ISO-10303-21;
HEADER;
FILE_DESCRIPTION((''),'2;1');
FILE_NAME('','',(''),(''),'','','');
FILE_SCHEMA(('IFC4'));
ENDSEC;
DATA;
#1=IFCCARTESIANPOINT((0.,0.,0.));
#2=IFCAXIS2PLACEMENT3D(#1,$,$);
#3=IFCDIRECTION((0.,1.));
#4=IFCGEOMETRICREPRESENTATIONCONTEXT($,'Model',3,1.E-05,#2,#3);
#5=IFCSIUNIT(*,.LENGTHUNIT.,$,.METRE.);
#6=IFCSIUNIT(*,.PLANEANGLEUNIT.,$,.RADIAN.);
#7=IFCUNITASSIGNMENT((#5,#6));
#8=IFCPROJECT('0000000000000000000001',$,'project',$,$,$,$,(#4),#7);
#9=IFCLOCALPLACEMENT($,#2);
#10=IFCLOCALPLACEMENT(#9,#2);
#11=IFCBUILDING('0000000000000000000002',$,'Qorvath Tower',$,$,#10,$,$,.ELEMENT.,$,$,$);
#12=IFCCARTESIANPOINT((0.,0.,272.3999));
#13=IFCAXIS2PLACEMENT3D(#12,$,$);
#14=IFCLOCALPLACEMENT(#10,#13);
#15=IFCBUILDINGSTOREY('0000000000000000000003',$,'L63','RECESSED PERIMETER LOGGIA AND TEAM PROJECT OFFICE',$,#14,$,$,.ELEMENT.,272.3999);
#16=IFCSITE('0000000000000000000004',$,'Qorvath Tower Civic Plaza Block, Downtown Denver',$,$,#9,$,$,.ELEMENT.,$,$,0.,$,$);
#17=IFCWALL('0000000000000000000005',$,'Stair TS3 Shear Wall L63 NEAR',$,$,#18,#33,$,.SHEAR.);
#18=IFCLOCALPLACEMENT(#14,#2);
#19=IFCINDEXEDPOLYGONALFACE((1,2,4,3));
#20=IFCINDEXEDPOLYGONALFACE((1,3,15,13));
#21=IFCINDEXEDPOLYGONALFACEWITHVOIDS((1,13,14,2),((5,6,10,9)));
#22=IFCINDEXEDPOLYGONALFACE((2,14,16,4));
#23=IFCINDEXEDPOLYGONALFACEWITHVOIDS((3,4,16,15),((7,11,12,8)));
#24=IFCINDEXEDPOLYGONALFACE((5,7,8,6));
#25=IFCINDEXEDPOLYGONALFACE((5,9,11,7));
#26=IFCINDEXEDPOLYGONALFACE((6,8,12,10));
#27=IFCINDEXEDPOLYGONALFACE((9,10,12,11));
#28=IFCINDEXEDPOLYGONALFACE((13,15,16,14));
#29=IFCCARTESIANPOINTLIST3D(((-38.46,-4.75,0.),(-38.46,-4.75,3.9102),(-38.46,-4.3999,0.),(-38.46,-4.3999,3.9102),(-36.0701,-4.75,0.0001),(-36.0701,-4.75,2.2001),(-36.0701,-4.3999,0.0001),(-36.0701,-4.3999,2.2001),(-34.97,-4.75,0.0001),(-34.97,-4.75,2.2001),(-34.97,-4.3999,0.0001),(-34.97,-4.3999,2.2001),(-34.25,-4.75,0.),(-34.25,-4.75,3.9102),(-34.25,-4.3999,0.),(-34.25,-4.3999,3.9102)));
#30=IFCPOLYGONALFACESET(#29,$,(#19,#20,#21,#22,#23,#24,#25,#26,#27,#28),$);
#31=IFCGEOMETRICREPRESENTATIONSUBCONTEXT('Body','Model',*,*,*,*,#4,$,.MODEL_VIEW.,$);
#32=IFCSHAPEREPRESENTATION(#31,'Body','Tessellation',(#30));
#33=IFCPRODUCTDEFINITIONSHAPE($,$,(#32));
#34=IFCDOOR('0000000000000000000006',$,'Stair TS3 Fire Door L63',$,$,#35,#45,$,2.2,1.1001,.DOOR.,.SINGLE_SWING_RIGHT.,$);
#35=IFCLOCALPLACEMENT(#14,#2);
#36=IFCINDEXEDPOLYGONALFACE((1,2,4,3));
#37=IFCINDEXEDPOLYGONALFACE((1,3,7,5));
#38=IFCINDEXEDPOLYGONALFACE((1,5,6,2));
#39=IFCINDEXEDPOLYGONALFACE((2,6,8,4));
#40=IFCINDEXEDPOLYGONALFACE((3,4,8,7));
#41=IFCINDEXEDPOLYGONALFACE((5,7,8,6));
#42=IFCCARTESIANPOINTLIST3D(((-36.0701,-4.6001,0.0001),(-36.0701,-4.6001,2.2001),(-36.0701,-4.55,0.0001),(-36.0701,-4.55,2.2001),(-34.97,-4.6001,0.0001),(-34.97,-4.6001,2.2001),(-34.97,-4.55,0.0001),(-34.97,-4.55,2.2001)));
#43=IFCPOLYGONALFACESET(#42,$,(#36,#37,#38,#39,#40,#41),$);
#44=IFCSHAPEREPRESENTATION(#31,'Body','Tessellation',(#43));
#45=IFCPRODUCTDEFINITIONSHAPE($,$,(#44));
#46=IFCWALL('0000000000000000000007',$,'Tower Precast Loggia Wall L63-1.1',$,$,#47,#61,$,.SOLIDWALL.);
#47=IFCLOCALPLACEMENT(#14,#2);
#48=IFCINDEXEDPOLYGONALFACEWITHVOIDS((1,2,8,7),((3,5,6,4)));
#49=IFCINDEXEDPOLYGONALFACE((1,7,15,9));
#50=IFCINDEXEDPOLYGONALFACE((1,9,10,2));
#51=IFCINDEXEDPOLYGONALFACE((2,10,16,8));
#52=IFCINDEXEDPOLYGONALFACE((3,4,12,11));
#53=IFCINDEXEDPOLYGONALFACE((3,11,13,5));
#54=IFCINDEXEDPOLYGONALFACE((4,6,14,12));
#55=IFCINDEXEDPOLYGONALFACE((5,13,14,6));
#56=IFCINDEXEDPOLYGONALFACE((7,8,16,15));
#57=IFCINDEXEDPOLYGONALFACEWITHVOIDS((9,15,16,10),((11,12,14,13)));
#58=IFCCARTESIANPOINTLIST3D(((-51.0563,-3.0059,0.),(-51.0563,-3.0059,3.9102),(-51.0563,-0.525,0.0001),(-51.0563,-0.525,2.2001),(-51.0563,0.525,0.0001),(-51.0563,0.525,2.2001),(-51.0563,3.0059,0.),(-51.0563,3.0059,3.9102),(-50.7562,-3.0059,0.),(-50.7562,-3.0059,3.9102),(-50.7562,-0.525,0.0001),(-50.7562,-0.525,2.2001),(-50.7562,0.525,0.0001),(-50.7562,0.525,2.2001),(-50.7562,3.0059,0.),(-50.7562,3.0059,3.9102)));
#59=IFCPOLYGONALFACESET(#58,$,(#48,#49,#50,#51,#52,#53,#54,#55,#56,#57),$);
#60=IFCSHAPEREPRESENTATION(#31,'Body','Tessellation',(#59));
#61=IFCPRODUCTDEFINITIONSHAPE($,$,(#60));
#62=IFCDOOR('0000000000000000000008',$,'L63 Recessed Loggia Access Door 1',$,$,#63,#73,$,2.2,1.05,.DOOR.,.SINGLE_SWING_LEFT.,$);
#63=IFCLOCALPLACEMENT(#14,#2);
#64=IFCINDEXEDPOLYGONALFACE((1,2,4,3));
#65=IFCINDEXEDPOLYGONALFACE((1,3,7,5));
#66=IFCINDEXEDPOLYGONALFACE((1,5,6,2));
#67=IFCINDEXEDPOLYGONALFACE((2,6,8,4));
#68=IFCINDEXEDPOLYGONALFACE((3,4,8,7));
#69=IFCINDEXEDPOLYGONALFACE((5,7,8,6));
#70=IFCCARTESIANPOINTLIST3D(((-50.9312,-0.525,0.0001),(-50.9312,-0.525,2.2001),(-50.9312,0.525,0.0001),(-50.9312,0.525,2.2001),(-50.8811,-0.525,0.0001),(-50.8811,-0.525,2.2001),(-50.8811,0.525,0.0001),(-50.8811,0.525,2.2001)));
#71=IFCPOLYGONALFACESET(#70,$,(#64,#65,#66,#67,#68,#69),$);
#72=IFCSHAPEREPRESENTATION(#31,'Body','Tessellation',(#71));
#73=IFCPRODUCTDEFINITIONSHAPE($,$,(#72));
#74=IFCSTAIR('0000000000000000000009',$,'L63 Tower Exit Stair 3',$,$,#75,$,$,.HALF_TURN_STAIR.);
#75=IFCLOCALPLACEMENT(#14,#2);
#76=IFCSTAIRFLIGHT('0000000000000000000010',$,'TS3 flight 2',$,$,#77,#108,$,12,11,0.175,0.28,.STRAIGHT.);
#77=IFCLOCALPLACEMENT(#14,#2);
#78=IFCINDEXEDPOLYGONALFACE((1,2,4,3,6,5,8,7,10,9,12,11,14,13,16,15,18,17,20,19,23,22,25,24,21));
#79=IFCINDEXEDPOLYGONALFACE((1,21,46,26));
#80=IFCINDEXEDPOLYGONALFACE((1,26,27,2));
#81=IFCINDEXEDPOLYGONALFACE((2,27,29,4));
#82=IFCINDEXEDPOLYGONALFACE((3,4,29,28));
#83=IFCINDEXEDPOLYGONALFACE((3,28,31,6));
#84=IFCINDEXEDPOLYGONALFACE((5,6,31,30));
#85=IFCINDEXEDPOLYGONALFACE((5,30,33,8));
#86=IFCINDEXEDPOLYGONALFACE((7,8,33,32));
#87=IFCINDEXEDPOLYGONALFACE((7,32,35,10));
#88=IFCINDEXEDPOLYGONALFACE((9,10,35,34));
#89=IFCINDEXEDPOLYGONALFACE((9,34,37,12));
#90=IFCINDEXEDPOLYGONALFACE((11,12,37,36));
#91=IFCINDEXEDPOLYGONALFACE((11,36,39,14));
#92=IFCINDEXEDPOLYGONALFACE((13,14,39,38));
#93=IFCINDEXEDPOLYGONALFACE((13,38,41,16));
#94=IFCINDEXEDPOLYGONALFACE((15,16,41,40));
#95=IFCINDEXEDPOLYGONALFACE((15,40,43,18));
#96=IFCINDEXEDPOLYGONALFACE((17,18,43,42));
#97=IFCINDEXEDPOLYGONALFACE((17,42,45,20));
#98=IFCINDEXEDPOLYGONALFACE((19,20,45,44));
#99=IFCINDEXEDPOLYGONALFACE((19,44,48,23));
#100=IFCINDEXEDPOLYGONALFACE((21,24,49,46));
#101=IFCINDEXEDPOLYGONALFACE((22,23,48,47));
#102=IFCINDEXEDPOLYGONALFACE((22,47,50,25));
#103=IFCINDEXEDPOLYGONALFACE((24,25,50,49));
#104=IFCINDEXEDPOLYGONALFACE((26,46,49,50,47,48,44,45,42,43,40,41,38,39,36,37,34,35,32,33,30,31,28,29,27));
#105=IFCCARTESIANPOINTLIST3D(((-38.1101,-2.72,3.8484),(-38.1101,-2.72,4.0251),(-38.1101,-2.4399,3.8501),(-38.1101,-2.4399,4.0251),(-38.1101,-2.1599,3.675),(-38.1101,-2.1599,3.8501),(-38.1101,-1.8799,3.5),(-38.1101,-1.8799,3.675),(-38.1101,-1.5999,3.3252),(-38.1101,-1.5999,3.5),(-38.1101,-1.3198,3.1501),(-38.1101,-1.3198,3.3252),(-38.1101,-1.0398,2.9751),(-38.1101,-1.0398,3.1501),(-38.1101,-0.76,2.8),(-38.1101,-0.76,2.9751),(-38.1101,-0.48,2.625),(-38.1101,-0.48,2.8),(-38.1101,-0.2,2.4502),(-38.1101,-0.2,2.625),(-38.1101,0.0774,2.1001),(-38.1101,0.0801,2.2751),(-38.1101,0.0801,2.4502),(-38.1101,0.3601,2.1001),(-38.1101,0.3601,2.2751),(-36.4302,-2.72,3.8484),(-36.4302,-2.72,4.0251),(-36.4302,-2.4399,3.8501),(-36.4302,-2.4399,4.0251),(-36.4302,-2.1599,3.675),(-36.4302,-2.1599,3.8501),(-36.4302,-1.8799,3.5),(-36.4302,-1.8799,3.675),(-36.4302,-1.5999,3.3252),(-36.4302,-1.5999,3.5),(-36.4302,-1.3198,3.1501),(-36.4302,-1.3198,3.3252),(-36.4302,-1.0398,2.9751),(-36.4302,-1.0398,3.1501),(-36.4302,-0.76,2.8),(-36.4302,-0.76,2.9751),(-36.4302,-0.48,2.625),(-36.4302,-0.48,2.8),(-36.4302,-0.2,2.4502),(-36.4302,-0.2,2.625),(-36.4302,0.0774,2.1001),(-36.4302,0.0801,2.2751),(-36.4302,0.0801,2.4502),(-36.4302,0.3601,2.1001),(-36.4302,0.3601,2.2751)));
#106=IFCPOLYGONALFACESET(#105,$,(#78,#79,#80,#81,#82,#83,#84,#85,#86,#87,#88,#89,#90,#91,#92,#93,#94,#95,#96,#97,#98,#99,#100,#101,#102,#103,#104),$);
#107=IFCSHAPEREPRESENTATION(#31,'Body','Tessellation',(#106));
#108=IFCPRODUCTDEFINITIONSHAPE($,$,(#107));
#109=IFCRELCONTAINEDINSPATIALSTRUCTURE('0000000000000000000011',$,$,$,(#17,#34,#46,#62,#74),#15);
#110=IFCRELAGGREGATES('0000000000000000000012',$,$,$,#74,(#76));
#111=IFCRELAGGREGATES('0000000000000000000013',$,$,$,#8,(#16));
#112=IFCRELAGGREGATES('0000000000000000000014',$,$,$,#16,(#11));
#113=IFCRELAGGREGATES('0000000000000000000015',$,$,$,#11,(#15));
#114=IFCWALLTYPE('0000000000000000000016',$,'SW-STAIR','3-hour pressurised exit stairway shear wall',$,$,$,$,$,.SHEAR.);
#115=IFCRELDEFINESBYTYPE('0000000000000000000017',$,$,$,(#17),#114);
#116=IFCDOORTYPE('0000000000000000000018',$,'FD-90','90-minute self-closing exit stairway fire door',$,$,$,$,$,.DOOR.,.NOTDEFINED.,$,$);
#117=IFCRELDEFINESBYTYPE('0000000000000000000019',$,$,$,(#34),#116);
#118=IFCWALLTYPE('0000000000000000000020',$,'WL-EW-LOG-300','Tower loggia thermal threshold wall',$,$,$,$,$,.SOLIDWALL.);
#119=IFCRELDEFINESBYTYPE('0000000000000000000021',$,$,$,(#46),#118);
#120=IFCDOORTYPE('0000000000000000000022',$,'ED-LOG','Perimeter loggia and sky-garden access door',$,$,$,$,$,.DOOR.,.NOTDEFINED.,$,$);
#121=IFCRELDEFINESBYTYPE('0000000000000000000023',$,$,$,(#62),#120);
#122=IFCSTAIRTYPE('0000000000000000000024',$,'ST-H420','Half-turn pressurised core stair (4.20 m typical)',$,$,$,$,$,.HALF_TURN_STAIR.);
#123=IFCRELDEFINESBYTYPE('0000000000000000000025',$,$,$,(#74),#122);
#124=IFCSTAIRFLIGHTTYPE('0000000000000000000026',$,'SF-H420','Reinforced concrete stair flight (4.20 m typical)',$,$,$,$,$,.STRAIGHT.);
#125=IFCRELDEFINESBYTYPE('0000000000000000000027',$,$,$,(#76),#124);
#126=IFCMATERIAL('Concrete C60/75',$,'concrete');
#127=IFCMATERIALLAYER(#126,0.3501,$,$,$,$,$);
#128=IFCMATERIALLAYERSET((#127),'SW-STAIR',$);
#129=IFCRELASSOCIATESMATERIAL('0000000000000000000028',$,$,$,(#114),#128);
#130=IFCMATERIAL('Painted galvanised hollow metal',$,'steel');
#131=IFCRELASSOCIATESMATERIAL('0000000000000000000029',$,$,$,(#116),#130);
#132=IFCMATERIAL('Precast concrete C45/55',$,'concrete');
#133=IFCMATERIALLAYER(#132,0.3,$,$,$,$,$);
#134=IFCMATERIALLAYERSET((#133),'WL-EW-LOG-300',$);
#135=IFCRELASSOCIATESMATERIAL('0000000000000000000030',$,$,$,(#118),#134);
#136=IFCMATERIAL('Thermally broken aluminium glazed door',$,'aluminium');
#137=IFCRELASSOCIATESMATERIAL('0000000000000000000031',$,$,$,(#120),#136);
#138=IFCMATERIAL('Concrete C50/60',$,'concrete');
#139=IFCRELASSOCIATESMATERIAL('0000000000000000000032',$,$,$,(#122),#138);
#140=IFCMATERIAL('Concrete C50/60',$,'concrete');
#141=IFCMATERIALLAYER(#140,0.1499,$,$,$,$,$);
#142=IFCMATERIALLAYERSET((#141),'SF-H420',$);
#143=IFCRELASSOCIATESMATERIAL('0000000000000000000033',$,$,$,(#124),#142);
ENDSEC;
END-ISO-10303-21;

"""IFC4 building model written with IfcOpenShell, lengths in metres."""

from ifc_helpers import new_model, si_unit, direction, frame, frame_2d, origin, place, context, subcontext, project, spatial, polyline, rectangle, outline, extrude, material, layer, layer_set, type_object, element, fill, aggregate, save


model = new_model("IFC4")

# Units and contexts
model_context = context("Model", 3, precision=1e-05, world=origin(), true_north=direction((0.0, 1.0)))
body_context = subcontext(model_context, "Body", "Model", "MODEL_VIEW")
ifc_project = project(units=[si_unit("LENGTHUNIT", "METRE"), si_unit("PLANEANGLEUNIT", "RADIAN")], contexts=[model_context])

# Site, building, storey
site_placement = place(None, origin())
site = spatial("IfcSite", under=ifc_project, at=site_placement, Name="Qorvath Tower Civic Plaza Block, Downtown Denver", CompositionType="ELEMENT", RefElevation=0.0)
building_placement = place(site_placement, origin())
building = spatial("IfcBuilding", under=site, at=building_placement, Name="Qorvath Tower", CompositionType="ELEMENT")
storey_placement = place(building_placement, frame((0.0, 0.0, 272.3999)))
storey = spatial("IfcBuildingStorey", under=building, at=storey_placement, Name="L63", Description="RECESSED PERIMETER LOGGIA AND TEAM PROJECT OFFICE", CompositionType="ELEMENT", Elevation=272.3999)

# Walls, openings, doors
ifc_material_1 = material(Name="Concrete C60/75", Category="concrete")
ifc_layer_1 = layer(ifc_material_1, 0.3501)
ifc_layer_set_1 = layer_set([ifc_layer_1], Name="SW-STAIR")
wall_type_1 = type_object("IfcWallType", Name="SW-STAIR", Description="3-hour pressurised exit stairway shear wall", PredefinedType="SHEAR", material=ifc_layer_set_1)
wall_1_placement = place(storey_placement, frame((-38.46, -4.575, 0.0), z_axis=(0.0, 0.0, 1.0), x_axis=(1.0, 0.0, 0.0)))
wall_1 = element("IfcWall", 1, at=wall_1_placement, inside=storey, type_object=wall_type_1, Name="Stair TS3 Shear Wall L63 NEAR", PredefinedType="SHEAR", context=body_context, shape_type="SweptSolid", body=[
    extrude(rectangle(XDim=4.21, YDim=0.3501, at=frame_2d((2.105, 0.0))), origin(), (0.0, 0.0, 1.0), 3.9102),
])
opening_1_placement = place(wall_1_placement, frame((2.3899, 0.0, 0.0)))
opening_1 = element("IfcOpeningElement", 2, at=opening_1_placement, cuts=wall_1, PredefinedType="OPENING", context=body_context, shape_type="SweptSolid", body=[
    extrude(rectangle(XDim=1.1001, YDim=2.2, at=frame_2d((0.55, 1.1001))), frame((0.0, 0.1851, 0.0), z_axis=(0.0, -1.0, 0.0), x_axis=(1.0, 0.0, 0.0)), (0.0, 0.0, 1.0), 0.3701),
])
ifc_material_2 = material(Name="Painted galvanised hollow metal", Category="steel")
door_type_1 = type_object("IfcDoorType", Name="FD-90", Description="90-minute self-closing exit stairway fire door", OperationType="NOTDEFINED", PredefinedType="DOOR", material=ifc_material_2)
door_1_placement = place(opening_1_placement, origin())
door_1 = element("IfcDoor", 3, at=door_1_placement, inside=storey, type_object=door_type_1, Name="Stair TS3 Fire Door L63", OperationType="SINGLE_SWING_RIGHT", OverallHeight=2.2, OverallWidth=1.1001, PredefinedType="DOOR", context=body_context, shape_type="SweptSolid", body=[
    extrude(rectangle(XDim=1.1001, YDim=2.2, at=frame_2d((0.55, 1.1001))), frame((0.0, 0.0249, 0.0), z_axis=(0.0, -1.0, 0.0), x_axis=(1.0, 0.0, 0.0)), (0.0, 0.0, 1.0), 0.05),
])
fill(opening_1, door_1)
ifc_material_3 = material(Name="Precast concrete C45/55", Category="concrete")
ifc_layer_2 = layer(ifc_material_3, 0.3)
ifc_layer_set_2 = layer_set([ifc_layer_2], Name="WL-EW-LOG-300")
wall_type_2 = type_object("IfcWallType", Name="WL-EW-LOG-300", Description="Tower loggia thermal threshold wall", PredefinedType="SOLIDWALL", material=ifc_layer_set_2)
wall_2_placement = place(storey_placement, frame((-50.9062, -3.0059, 0.0), z_axis=(0.0, 0.0, 1.0), x_axis=(0.0, 1.0, 0.0)))
wall_2 = element("IfcWall", 4, at=wall_2_placement, inside=storey, type_object=wall_type_2, Name="Tower Precast Loggia Wall L63-1.1", PredefinedType="SOLIDWALL", context=body_context, shape_type="SweptSolid", body=[
    extrude(rectangle(XDim=6.0117, YDim=0.3, at=frame_2d((3.0059, 0.0))), origin(), (0.0, 0.0, 1.0), 3.9102),
])
opening_2_placement = place(wall_2_placement, frame((2.481, 0.0, 0.0)))
opening_2 = element("IfcOpeningElement", 5, at=opening_2_placement, cuts=wall_2, PredefinedType="OPENING", context=body_context, shape_type="SweptSolid", body=[
    extrude(rectangle(XDim=1.05, YDim=2.2, at=frame_2d((0.5249, 1.1001))), frame((0.0, 0.1602, 0.0), z_axis=(0.0, -1.0, 0.0), x_axis=(1.0, 0.0, 0.0)), (0.0, 0.0, 1.0), 0.3201),
])
ifc_material_4 = material(Name="Thermally broken aluminium glazed door", Category="aluminium")
door_type_2 = type_object("IfcDoorType", Name="ED-LOG", Description="Perimeter loggia and sky-garden access door", OperationType="NOTDEFINED", PredefinedType="DOOR", material=ifc_material_4)
door_2_placement = place(opening_2_placement, origin())
door_2 = element("IfcDoor", 6, at=door_2_placement, inside=storey, type_object=door_type_2, Name="L63 Recessed Loggia Access Door 1", OperationType="SINGLE_SWING_LEFT", OverallHeight=2.2, OverallWidth=1.05, PredefinedType="DOOR", context=body_context, shape_type="SweptSolid", body=[
    extrude(rectangle(XDim=1.05, YDim=2.2, at=frame_2d((0.5249, 1.1001))), frame((0.0, 0.0249, 0.0), z_axis=(0.0, -1.0, 0.0), x_axis=(1.0, 0.0, 0.0)), (0.0, 0.0, 1.0), 0.05),
])
fill(opening_2, door_2)

# Stair, stair flight
ifc_material_5 = material(Name="Concrete C50/60", Category="concrete")
stair_type = type_object("IfcStairType", Name="ST-H420", Description="Half-turn pressurised core stair (4.20 m typical)", PredefinedType="HALF_TURN_STAIR", material=ifc_material_5)
stair_placement = place(storey_placement, origin())
stair = element("IfcStair", 7, at=stair_placement, inside=storey, type_object=stair_type, Name="L63 Tower Exit Stair 3", PredefinedType="HALF_TURN_STAIR")
ifc_material_6 = material(Name="Concrete C50/60", Category="concrete")
ifc_layer_3 = layer(ifc_material_6, 0.1499)
ifc_layer_set_3 = layer_set([ifc_layer_3], Name="SF-H420")
stair_flight_type = type_object("IfcStairFlightType", Name="SF-H420", Description="Reinforced concrete stair flight (4.20 m typical)", PredefinedType="STRAIGHT", material=ifc_layer_set_3)
stair_flight_placement = place(storey_placement, frame((-37.27, 0.3601, 2.1001), z_axis=(0.0, 0.0, 1.0), x_axis=(0.0, -1.0, 0.0)))
stair_flight = element("IfcStairFlight", 8, at=stair_flight_placement, type_object=stair_flight_type, Name="TS3 flight 2", NumberOfRisers=12, NumberOfTreads=11, PredefinedType="STRAIGHT", RiserHeight=0.175, TreadLength=0.28, context=body_context, shape_type="SweptSolid", body=[
    extrude(outline(polyline([(0.0, 0.0), (0.0, 0.175), (0.28, 0.175), (0.28, 0.3501), (0.5601, 0.3501), (0.5601, 0.5249), (0.8401, 0.5249), (0.8401, 0.7), (1.1201, 0.7), (1.1201, 0.875), (1.3999, 0.875), (1.3999, 1.05), (1.6799, 1.05), (1.6799, 1.2251), (1.96, 1.2251), (1.96, 1.3999), (2.24, 1.3999), (2.24, 1.575), (2.52, 1.575), (2.52, 1.75), (2.8, 1.75), (2.8, 1.925), (3.0801, 1.925), (3.0801, 2.1001), (3.0801, 1.7483), (0.2827, 0.0), (0.0, 0.0)])), frame((0.0, 0.8398, 0.0), z_axis=(0.0, -1.0, 0.0), x_axis=(1.0, 0.0, 0.0)), (0.0, 0.0, 1.0), 1.6799),
])
aggregate(stair, [stair_flight])

save(model, "model.ifc")
